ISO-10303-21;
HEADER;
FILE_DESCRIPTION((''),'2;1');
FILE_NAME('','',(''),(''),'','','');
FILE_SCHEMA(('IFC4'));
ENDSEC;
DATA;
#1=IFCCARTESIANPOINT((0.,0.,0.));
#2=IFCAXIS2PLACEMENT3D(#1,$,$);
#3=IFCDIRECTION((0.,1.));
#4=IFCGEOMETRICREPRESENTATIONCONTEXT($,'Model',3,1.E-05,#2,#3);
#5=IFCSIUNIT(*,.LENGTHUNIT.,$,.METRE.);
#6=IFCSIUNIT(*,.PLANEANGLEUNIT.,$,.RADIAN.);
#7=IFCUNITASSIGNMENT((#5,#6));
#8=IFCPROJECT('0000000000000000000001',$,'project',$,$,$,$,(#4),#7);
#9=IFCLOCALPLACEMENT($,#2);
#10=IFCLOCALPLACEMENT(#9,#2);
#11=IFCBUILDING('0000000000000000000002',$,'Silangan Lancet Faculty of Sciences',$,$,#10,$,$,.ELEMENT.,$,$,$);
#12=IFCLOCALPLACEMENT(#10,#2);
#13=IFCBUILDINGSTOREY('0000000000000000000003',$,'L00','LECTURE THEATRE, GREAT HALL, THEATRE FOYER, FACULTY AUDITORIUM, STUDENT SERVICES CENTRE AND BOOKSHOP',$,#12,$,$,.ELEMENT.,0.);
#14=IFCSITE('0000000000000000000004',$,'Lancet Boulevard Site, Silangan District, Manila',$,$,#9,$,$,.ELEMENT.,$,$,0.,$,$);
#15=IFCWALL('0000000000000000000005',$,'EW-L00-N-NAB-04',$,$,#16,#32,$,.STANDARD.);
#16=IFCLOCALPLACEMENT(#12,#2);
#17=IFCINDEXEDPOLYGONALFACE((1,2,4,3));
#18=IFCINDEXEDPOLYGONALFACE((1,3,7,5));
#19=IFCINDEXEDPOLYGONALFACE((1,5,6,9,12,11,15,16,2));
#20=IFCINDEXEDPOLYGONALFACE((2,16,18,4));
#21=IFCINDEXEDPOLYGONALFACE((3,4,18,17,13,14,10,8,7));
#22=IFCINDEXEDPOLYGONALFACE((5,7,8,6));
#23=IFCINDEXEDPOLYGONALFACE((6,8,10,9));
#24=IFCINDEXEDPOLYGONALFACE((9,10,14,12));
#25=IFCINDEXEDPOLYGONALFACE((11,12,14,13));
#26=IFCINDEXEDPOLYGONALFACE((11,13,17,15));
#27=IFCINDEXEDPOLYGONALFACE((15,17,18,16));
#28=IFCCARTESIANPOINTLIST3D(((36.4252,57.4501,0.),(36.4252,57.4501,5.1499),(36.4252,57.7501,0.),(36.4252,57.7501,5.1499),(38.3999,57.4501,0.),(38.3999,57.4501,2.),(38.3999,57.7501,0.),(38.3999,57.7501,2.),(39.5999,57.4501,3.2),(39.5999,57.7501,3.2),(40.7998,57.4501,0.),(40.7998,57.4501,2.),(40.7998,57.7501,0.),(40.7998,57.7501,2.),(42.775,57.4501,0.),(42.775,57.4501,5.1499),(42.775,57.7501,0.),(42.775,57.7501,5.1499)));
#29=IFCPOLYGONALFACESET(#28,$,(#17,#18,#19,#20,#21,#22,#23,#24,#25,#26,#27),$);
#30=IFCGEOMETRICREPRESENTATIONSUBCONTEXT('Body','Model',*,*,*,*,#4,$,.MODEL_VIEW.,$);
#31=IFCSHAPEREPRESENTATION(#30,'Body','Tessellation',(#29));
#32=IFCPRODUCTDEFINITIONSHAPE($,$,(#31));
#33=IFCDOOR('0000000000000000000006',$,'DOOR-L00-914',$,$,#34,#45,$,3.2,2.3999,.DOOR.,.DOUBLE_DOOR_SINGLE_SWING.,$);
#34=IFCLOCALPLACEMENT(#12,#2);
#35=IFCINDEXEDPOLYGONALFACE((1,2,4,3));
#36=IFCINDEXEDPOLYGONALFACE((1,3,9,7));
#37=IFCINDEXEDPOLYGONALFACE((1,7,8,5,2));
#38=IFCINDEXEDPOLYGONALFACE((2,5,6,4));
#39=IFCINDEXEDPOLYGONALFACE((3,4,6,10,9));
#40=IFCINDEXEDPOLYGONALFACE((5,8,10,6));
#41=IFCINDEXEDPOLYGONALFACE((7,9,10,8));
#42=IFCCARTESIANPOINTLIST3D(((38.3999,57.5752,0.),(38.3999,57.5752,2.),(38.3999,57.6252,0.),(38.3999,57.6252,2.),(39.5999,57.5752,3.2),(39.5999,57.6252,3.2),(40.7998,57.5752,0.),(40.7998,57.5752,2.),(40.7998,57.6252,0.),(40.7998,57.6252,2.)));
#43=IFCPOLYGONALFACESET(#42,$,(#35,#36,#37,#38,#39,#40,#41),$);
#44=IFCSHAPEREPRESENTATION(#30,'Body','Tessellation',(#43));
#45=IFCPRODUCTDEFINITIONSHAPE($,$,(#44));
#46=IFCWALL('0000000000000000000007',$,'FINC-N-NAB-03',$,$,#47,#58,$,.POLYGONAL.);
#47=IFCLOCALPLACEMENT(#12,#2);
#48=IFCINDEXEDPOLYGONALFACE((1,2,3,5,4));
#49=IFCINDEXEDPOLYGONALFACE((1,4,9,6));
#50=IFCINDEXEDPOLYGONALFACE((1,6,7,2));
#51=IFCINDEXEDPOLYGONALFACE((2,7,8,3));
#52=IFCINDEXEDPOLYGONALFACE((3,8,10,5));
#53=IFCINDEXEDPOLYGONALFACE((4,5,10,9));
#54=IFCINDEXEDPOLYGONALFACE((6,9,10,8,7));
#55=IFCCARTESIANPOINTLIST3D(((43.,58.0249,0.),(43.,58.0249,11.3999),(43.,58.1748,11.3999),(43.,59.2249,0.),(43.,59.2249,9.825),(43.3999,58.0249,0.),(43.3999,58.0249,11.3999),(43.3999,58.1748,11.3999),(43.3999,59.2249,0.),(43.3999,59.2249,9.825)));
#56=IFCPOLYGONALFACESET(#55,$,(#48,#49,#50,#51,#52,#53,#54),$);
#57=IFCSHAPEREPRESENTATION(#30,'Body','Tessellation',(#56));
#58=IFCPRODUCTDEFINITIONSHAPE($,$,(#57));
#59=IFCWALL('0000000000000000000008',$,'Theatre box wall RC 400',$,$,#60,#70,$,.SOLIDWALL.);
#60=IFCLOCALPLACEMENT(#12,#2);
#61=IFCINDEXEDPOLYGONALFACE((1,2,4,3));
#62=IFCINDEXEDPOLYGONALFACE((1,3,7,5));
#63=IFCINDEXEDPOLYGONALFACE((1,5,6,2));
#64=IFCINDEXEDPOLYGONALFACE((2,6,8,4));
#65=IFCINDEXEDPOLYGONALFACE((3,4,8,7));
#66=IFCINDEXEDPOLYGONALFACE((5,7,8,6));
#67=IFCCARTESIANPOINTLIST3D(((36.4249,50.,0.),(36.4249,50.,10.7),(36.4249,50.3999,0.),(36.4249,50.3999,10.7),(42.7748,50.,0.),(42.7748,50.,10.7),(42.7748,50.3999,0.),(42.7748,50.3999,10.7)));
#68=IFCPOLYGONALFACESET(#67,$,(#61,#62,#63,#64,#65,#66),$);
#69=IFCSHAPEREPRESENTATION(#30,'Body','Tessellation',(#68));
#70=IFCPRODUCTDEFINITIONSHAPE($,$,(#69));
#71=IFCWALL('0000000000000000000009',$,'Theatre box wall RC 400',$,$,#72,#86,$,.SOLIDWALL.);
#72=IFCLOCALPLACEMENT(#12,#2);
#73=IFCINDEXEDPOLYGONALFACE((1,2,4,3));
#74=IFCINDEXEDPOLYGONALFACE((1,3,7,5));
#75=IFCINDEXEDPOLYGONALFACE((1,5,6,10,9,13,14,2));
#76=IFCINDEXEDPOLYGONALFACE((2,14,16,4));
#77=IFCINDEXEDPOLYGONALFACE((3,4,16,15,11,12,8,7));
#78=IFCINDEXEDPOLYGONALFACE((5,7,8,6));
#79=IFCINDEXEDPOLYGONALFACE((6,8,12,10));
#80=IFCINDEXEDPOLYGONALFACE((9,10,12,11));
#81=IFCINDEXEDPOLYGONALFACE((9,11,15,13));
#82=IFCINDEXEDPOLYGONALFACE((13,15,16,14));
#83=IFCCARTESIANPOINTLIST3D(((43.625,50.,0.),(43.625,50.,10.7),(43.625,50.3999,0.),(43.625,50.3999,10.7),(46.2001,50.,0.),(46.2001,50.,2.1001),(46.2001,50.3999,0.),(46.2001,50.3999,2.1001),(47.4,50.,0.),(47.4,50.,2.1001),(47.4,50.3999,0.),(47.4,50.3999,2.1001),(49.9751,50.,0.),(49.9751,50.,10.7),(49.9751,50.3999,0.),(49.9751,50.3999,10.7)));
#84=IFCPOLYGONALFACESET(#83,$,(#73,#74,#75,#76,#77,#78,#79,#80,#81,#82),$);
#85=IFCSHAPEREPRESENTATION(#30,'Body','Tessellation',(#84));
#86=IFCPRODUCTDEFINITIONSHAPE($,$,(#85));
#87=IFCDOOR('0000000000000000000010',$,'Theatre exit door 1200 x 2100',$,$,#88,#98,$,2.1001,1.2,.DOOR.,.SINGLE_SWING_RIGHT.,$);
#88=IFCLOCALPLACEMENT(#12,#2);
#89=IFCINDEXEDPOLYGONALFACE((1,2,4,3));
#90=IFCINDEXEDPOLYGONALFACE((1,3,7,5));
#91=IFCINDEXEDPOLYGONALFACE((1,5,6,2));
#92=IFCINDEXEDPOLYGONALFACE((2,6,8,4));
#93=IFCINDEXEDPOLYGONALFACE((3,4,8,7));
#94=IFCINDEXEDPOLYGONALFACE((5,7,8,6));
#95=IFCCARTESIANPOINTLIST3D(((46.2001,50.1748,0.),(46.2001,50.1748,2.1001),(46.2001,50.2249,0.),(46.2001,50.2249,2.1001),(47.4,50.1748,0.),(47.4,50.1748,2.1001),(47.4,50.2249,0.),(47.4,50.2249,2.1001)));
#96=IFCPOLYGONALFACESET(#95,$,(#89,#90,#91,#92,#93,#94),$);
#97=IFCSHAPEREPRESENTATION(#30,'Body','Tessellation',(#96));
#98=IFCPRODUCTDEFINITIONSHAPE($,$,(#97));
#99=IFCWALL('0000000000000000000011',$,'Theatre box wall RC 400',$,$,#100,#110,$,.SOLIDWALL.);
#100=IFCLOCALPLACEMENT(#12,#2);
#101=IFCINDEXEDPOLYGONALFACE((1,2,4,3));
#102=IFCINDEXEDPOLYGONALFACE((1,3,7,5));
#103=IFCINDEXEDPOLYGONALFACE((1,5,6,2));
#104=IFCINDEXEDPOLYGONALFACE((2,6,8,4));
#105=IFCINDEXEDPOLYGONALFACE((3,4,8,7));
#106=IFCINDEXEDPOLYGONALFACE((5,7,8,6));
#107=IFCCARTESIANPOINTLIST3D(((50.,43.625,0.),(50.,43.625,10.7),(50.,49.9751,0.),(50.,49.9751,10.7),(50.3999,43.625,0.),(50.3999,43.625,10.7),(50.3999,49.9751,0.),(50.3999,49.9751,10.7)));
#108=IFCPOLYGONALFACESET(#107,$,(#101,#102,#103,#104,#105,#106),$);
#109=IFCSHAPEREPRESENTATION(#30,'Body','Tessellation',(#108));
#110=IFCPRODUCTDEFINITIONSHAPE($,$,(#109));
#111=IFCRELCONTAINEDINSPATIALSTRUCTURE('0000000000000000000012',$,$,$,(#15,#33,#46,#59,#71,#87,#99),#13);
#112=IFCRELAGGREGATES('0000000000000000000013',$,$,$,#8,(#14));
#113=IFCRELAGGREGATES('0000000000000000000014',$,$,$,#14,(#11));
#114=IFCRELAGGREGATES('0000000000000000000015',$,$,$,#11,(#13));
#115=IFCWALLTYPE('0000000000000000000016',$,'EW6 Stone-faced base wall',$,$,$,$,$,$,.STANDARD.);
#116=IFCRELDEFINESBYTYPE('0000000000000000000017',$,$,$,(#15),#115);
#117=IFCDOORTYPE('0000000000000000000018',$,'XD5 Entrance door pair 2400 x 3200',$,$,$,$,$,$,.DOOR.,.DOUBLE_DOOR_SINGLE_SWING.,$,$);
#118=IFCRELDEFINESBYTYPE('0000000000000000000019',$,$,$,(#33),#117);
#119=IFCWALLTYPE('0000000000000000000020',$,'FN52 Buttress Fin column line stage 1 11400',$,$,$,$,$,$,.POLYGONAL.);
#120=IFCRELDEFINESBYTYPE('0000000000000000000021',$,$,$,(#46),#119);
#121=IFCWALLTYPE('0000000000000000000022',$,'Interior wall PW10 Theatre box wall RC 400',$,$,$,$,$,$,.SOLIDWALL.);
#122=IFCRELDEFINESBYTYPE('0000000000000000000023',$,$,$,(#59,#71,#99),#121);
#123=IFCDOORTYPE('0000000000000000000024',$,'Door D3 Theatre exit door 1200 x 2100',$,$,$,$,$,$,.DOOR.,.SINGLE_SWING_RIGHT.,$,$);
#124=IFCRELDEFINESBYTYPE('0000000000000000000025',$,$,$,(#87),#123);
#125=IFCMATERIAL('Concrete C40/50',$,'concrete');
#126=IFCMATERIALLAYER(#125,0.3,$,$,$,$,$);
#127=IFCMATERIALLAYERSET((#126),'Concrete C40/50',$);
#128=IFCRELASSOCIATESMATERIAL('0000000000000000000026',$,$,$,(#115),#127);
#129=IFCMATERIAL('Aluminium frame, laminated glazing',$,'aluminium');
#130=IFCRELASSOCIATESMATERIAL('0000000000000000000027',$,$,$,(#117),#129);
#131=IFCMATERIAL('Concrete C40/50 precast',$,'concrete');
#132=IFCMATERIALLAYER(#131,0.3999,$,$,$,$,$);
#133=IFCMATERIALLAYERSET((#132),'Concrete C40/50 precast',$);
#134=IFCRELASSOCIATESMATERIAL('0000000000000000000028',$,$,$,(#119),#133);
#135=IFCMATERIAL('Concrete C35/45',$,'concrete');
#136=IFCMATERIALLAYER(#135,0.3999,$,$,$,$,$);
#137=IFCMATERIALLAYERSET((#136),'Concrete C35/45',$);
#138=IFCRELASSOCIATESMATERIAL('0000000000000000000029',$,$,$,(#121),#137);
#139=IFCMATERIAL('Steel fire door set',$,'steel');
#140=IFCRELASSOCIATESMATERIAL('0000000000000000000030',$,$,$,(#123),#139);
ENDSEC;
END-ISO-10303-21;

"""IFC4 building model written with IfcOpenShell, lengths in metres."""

from ifc_helpers import new_model, si_unit, direction, frame, frame_2d, origin, place, context, subcontext, project, spatial, polyline, rectangle, outline, extrude, material, layer, layer_set, type_object, element, fill, save


model = new_model("IFC4")

# Units and contexts
model_context = context("Model", 3, precision=1e-05, world=origin(), true_north=direction((0.0, 1.0)))
body_context = subcontext(model_context, "Body", "Model", "MODEL_VIEW")
ifc_project = project(units=[si_unit("LENGTHUNIT", "METRE"), si_unit("PLANEANGLEUNIT", "RADIAN")], contexts=[model_context])

# Site, building, storey
site_placement = place(None, origin())
site = spatial("IfcSite", under=ifc_project, at=site_placement, Name="Lancet Boulevard Site, Silangan District, Manila", CompositionType="ELEMENT", RefElevation=0.0)
building_placement = place(site_placement, origin())
building = spatial("IfcBuilding", under=site, at=building_placement, Name="Silangan Lancet Faculty of Sciences", CompositionType="ELEMENT")
storey_placement = place(building_placement, origin())
storey = spatial("IfcBuildingStorey", under=building, at=storey_placement, Name="L00", Description="LECTURE THEATRE, GREAT HALL, THEATRE FOYER, FACULTY AUDITORIUM, STUDENT SERVICES CENTRE AND BOOKSHOP", CompositionType="ELEMENT", Elevation=0.0)

# Shared definitions
ifc_material_1 = material(Name="Concrete C40/50", Category="concrete")
ifc_layer_1 = layer(ifc_material_1, 0.3)
ifc_layer_set_1 = layer_set([ifc_layer_1], Name="Concrete C40/50")
wall_type_1 = type_object("IfcWallType", Name="EW6 Stone-faced base wall", PredefinedType="STANDARD", material=ifc_layer_set_1)

# Wall, opening, door
wall_1_placement = place(storey_placement, frame((42.7749, 57.6001, 0.0), z_axis=(0.0, 0.0, 1.0), x_axis=(-1.0, 0.0, 0.0)))
wall_1 = element("IfcWall", 1, at=wall_1_placement, inside=storey, type_object=wall_type_1, Name="EW-L00-N-NAB-04", PredefinedType="STANDARD", context=body_context, shape_type="SweptSolid", body=[
    extrude(rectangle(XDim=6.3499, YDim=0.3, at=frame_2d((3.1748, 0.0))), origin(), (0.0, 0.0, 1.0), 5.1499),
])
opening_1_placement = place(wall_1_placement, frame((1.9751, 0.0, 0.0)))
opening_1 = element("IfcOpeningElement", 2, at=opening_1_placement, cuts=wall_1, PredefinedType="OPENING", context=body_context, shape_type="SweptSolid", body=[
    extrude(outline(polyline([(0.0, 0.0), (2.3999, 0.0), (2.3999, 2.0), (1.2, 3.2), (0.0, 2.0), (0.0, 0.0)])), frame((0.0, 0.1599, 0.0), z_axis=(0.0, -1.0, 0.0), x_axis=(1.0, 0.0, 0.0)), (0.0, 0.0, 1.0), 0.3201),
])
ifc_material_2 = material(Name="Aluminium frame, laminated glazing", Category="aluminium")
door_type_1 = type_object("IfcDoorType", Name="XD5 Entrance door pair 2400 x 3200", OperationType="DOUBLE_DOOR_SINGLE_SWING", PredefinedType="DOOR", material=ifc_material_2)
door_1_placement = place(opening_1_placement, frame((2.3999, 0.0, 0.0), z_axis=(0.0, 0.0, 1.0), x_axis=(-1.0, 0.0, 0.0)))
door_1 = element("IfcDoor", 3, at=door_1_placement, inside=storey, type_object=door_type_1, Name="DOOR-L00-914", OperationType="DOUBLE_DOOR_SINGLE_SWING", OverallHeight=3.2, OverallWidth=2.3999, PredefinedType="DOOR", context=body_context, shape_type="SweptSolid", body=[
    extrude(outline(polyline([(2.3999, 2.0), (1.2, 3.2), (0.0, 2.0), (0.0, 0.0), (2.3999, 0.0), (2.3999, 2.0)])), frame((0.0, 0.0251, 0.0), z_axis=(0.0, -1.0, 0.0), x_axis=(1.0, 0.0, 0.0)), (0.0, 0.0, 1.0), 0.05),
])
fill(opening_1, door_1)

# Walls
ifc_material_3 = material(Name="Concrete C40/50 precast", Category="concrete")
ifc_layer_2 = layer(ifc_material_3, 0.3999)
ifc_layer_set_2 = layer_set([ifc_layer_2], Name="Concrete C40/50 precast")
wall_type_2 = type_object("IfcWallType", Name="FN52 Buttress Fin column line stage 1 11400", PredefinedType="POLYGONAL", material=ifc_layer_set_2)
wall_2_placement = place(storey_placement, frame((43.2, 58.0249, 0.0), z_axis=(0.0, 0.0, 1.0), x_axis=(0.0, 1.0, 0.0)))
element("IfcWall", 4, at=wall_2_placement, inside=storey, type_object=wall_type_2, Name="FINC-N-NAB-03", PredefinedType="POLYGONAL", context=body_context, shape_type="SweptSolid", body=[
    extrude(outline(polyline([(1.2, 0.0), (1.2, 9.825), (0.1499, 11.3999), (0.0, 11.3999), (0.0, 0.0), (1.2, 0.0)])), frame((0.0, 0.2, 0.0), z_axis=(0.0, -1.0, 0.0), x_axis=(1.0, 0.0, 0.0)), (0.0, 0.0, 1.0), 0.3999),
])
ifc_material_4 = material(Name="Concrete C35/45", Category="concrete")
ifc_layer_3 = layer(ifc_material_4, 0.3999)
ifc_layer_set_3 = layer_set([ifc_layer_3], Name="Concrete C35/45")
wall_type_3 = type_object("IfcWallType", Name="Interior wall PW10 Theatre box wall RC 400", PredefinedType="SOLIDWALL", material=ifc_layer_set_3)
wall_3_placement = place(storey_placement, frame((36.425, 50.2, 0.0), z_axis=(0.0, 0.0, 1.0), x_axis=(1.0, 0.0, 0.0)))
element("IfcWall", 5, at=wall_3_placement, inside=storey, type_object=wall_type_3, Name="Theatre box wall RC 400", PredefinedType="SOLIDWALL", context=body_context, shape_type="SweptSolid", body=[
    extrude(rectangle(XDim=6.3499, YDim=0.3999, at=frame_2d((3.1748, 0.0))), origin(), (0.0, 0.0, 1.0), 10.7),
])

# Wall, opening, door
wall_4_placement = place(storey_placement, frame((43.625, 50.2, 0.0), z_axis=(0.0, 0.0, 1.0), x_axis=(1.0, 0.0, 0.0)))
wall_4 = element("IfcWall", 6, at=wall_4_placement, inside=storey, type_object=wall_type_3, Name="Theatre box wall RC 400", PredefinedType="SOLIDWALL", context=body_context, shape_type="SweptSolid", body=[
    extrude(rectangle(XDim=6.3501, YDim=0.3999, at=frame_2d((3.175, 0.0))), origin(), (0.0, 0.0, 1.0), 10.7),
])
opening_2_placement = place(wall_4_placement, frame((2.575, 0.0, 0.0)))
opening_2 = element("IfcOpeningElement", 7, at=opening_2_placement, cuts=wall_4, PredefinedType="OPENING", context=body_context, shape_type="SweptSolid", body=[
    extrude(rectangle(XDim=1.2, YDim=2.1001, at=frame_2d((0.6001, 1.05))), frame((0.0, 0.21, 0.0), z_axis=(0.0, -1.0, 0.0), x_axis=(1.0, 0.0, 0.0)), (0.0, 0.0, 1.0), 0.4199),
])
ifc_material_5 = material(Name="Steel fire door set", Category="steel")
door_type_2 = type_object("IfcDoorType", Name="Door D3 Theatre exit door 1200 x 2100", OperationType="SINGLE_SWING_RIGHT", PredefinedType="DOOR", material=ifc_material_5)
door_2_placement = place(opening_2_placement, origin())
door_2 = element("IfcDoor", 8, at=door_2_placement, inside=storey, type_object=door_type_2, Name="Theatre exit door 1200 x 2100", OperationType="SINGLE_SWING_RIGHT", OverallHeight=2.1001, OverallWidth=1.2, PredefinedType="DOOR", context=body_context, shape_type="SweptSolid", body=[
    extrude(rectangle(XDim=1.2, YDim=2.1001, at=frame_2d((0.6001, 1.05))), frame((0.0, 0.0249, 0.0), z_axis=(0.0, -1.0, 0.0), x_axis=(1.0, 0.0, 0.0)), (0.0, 0.0, 1.0), 0.05),
])
fill(opening_2, door_2)

# Wall
wall_5_placement = place(storey_placement, frame((50.2, 43.625, 0.0), z_axis=(0.0, 0.0, 1.0), x_axis=(0.0, 1.0, 0.0)))
element("IfcWall", 9, at=wall_5_placement, inside=storey, type_object=wall_type_3, Name="Theatre box wall RC 400", PredefinedType="SOLIDWALL", context=body_context, shape_type="SweptSolid", body=[
    extrude(rectangle(XDim=6.3501, YDim=0.3999, at=frame_2d((3.175, 0.0))), origin(), (0.0, 0.0, 1.0), 10.7),
])

save(model, "model.ifc")
